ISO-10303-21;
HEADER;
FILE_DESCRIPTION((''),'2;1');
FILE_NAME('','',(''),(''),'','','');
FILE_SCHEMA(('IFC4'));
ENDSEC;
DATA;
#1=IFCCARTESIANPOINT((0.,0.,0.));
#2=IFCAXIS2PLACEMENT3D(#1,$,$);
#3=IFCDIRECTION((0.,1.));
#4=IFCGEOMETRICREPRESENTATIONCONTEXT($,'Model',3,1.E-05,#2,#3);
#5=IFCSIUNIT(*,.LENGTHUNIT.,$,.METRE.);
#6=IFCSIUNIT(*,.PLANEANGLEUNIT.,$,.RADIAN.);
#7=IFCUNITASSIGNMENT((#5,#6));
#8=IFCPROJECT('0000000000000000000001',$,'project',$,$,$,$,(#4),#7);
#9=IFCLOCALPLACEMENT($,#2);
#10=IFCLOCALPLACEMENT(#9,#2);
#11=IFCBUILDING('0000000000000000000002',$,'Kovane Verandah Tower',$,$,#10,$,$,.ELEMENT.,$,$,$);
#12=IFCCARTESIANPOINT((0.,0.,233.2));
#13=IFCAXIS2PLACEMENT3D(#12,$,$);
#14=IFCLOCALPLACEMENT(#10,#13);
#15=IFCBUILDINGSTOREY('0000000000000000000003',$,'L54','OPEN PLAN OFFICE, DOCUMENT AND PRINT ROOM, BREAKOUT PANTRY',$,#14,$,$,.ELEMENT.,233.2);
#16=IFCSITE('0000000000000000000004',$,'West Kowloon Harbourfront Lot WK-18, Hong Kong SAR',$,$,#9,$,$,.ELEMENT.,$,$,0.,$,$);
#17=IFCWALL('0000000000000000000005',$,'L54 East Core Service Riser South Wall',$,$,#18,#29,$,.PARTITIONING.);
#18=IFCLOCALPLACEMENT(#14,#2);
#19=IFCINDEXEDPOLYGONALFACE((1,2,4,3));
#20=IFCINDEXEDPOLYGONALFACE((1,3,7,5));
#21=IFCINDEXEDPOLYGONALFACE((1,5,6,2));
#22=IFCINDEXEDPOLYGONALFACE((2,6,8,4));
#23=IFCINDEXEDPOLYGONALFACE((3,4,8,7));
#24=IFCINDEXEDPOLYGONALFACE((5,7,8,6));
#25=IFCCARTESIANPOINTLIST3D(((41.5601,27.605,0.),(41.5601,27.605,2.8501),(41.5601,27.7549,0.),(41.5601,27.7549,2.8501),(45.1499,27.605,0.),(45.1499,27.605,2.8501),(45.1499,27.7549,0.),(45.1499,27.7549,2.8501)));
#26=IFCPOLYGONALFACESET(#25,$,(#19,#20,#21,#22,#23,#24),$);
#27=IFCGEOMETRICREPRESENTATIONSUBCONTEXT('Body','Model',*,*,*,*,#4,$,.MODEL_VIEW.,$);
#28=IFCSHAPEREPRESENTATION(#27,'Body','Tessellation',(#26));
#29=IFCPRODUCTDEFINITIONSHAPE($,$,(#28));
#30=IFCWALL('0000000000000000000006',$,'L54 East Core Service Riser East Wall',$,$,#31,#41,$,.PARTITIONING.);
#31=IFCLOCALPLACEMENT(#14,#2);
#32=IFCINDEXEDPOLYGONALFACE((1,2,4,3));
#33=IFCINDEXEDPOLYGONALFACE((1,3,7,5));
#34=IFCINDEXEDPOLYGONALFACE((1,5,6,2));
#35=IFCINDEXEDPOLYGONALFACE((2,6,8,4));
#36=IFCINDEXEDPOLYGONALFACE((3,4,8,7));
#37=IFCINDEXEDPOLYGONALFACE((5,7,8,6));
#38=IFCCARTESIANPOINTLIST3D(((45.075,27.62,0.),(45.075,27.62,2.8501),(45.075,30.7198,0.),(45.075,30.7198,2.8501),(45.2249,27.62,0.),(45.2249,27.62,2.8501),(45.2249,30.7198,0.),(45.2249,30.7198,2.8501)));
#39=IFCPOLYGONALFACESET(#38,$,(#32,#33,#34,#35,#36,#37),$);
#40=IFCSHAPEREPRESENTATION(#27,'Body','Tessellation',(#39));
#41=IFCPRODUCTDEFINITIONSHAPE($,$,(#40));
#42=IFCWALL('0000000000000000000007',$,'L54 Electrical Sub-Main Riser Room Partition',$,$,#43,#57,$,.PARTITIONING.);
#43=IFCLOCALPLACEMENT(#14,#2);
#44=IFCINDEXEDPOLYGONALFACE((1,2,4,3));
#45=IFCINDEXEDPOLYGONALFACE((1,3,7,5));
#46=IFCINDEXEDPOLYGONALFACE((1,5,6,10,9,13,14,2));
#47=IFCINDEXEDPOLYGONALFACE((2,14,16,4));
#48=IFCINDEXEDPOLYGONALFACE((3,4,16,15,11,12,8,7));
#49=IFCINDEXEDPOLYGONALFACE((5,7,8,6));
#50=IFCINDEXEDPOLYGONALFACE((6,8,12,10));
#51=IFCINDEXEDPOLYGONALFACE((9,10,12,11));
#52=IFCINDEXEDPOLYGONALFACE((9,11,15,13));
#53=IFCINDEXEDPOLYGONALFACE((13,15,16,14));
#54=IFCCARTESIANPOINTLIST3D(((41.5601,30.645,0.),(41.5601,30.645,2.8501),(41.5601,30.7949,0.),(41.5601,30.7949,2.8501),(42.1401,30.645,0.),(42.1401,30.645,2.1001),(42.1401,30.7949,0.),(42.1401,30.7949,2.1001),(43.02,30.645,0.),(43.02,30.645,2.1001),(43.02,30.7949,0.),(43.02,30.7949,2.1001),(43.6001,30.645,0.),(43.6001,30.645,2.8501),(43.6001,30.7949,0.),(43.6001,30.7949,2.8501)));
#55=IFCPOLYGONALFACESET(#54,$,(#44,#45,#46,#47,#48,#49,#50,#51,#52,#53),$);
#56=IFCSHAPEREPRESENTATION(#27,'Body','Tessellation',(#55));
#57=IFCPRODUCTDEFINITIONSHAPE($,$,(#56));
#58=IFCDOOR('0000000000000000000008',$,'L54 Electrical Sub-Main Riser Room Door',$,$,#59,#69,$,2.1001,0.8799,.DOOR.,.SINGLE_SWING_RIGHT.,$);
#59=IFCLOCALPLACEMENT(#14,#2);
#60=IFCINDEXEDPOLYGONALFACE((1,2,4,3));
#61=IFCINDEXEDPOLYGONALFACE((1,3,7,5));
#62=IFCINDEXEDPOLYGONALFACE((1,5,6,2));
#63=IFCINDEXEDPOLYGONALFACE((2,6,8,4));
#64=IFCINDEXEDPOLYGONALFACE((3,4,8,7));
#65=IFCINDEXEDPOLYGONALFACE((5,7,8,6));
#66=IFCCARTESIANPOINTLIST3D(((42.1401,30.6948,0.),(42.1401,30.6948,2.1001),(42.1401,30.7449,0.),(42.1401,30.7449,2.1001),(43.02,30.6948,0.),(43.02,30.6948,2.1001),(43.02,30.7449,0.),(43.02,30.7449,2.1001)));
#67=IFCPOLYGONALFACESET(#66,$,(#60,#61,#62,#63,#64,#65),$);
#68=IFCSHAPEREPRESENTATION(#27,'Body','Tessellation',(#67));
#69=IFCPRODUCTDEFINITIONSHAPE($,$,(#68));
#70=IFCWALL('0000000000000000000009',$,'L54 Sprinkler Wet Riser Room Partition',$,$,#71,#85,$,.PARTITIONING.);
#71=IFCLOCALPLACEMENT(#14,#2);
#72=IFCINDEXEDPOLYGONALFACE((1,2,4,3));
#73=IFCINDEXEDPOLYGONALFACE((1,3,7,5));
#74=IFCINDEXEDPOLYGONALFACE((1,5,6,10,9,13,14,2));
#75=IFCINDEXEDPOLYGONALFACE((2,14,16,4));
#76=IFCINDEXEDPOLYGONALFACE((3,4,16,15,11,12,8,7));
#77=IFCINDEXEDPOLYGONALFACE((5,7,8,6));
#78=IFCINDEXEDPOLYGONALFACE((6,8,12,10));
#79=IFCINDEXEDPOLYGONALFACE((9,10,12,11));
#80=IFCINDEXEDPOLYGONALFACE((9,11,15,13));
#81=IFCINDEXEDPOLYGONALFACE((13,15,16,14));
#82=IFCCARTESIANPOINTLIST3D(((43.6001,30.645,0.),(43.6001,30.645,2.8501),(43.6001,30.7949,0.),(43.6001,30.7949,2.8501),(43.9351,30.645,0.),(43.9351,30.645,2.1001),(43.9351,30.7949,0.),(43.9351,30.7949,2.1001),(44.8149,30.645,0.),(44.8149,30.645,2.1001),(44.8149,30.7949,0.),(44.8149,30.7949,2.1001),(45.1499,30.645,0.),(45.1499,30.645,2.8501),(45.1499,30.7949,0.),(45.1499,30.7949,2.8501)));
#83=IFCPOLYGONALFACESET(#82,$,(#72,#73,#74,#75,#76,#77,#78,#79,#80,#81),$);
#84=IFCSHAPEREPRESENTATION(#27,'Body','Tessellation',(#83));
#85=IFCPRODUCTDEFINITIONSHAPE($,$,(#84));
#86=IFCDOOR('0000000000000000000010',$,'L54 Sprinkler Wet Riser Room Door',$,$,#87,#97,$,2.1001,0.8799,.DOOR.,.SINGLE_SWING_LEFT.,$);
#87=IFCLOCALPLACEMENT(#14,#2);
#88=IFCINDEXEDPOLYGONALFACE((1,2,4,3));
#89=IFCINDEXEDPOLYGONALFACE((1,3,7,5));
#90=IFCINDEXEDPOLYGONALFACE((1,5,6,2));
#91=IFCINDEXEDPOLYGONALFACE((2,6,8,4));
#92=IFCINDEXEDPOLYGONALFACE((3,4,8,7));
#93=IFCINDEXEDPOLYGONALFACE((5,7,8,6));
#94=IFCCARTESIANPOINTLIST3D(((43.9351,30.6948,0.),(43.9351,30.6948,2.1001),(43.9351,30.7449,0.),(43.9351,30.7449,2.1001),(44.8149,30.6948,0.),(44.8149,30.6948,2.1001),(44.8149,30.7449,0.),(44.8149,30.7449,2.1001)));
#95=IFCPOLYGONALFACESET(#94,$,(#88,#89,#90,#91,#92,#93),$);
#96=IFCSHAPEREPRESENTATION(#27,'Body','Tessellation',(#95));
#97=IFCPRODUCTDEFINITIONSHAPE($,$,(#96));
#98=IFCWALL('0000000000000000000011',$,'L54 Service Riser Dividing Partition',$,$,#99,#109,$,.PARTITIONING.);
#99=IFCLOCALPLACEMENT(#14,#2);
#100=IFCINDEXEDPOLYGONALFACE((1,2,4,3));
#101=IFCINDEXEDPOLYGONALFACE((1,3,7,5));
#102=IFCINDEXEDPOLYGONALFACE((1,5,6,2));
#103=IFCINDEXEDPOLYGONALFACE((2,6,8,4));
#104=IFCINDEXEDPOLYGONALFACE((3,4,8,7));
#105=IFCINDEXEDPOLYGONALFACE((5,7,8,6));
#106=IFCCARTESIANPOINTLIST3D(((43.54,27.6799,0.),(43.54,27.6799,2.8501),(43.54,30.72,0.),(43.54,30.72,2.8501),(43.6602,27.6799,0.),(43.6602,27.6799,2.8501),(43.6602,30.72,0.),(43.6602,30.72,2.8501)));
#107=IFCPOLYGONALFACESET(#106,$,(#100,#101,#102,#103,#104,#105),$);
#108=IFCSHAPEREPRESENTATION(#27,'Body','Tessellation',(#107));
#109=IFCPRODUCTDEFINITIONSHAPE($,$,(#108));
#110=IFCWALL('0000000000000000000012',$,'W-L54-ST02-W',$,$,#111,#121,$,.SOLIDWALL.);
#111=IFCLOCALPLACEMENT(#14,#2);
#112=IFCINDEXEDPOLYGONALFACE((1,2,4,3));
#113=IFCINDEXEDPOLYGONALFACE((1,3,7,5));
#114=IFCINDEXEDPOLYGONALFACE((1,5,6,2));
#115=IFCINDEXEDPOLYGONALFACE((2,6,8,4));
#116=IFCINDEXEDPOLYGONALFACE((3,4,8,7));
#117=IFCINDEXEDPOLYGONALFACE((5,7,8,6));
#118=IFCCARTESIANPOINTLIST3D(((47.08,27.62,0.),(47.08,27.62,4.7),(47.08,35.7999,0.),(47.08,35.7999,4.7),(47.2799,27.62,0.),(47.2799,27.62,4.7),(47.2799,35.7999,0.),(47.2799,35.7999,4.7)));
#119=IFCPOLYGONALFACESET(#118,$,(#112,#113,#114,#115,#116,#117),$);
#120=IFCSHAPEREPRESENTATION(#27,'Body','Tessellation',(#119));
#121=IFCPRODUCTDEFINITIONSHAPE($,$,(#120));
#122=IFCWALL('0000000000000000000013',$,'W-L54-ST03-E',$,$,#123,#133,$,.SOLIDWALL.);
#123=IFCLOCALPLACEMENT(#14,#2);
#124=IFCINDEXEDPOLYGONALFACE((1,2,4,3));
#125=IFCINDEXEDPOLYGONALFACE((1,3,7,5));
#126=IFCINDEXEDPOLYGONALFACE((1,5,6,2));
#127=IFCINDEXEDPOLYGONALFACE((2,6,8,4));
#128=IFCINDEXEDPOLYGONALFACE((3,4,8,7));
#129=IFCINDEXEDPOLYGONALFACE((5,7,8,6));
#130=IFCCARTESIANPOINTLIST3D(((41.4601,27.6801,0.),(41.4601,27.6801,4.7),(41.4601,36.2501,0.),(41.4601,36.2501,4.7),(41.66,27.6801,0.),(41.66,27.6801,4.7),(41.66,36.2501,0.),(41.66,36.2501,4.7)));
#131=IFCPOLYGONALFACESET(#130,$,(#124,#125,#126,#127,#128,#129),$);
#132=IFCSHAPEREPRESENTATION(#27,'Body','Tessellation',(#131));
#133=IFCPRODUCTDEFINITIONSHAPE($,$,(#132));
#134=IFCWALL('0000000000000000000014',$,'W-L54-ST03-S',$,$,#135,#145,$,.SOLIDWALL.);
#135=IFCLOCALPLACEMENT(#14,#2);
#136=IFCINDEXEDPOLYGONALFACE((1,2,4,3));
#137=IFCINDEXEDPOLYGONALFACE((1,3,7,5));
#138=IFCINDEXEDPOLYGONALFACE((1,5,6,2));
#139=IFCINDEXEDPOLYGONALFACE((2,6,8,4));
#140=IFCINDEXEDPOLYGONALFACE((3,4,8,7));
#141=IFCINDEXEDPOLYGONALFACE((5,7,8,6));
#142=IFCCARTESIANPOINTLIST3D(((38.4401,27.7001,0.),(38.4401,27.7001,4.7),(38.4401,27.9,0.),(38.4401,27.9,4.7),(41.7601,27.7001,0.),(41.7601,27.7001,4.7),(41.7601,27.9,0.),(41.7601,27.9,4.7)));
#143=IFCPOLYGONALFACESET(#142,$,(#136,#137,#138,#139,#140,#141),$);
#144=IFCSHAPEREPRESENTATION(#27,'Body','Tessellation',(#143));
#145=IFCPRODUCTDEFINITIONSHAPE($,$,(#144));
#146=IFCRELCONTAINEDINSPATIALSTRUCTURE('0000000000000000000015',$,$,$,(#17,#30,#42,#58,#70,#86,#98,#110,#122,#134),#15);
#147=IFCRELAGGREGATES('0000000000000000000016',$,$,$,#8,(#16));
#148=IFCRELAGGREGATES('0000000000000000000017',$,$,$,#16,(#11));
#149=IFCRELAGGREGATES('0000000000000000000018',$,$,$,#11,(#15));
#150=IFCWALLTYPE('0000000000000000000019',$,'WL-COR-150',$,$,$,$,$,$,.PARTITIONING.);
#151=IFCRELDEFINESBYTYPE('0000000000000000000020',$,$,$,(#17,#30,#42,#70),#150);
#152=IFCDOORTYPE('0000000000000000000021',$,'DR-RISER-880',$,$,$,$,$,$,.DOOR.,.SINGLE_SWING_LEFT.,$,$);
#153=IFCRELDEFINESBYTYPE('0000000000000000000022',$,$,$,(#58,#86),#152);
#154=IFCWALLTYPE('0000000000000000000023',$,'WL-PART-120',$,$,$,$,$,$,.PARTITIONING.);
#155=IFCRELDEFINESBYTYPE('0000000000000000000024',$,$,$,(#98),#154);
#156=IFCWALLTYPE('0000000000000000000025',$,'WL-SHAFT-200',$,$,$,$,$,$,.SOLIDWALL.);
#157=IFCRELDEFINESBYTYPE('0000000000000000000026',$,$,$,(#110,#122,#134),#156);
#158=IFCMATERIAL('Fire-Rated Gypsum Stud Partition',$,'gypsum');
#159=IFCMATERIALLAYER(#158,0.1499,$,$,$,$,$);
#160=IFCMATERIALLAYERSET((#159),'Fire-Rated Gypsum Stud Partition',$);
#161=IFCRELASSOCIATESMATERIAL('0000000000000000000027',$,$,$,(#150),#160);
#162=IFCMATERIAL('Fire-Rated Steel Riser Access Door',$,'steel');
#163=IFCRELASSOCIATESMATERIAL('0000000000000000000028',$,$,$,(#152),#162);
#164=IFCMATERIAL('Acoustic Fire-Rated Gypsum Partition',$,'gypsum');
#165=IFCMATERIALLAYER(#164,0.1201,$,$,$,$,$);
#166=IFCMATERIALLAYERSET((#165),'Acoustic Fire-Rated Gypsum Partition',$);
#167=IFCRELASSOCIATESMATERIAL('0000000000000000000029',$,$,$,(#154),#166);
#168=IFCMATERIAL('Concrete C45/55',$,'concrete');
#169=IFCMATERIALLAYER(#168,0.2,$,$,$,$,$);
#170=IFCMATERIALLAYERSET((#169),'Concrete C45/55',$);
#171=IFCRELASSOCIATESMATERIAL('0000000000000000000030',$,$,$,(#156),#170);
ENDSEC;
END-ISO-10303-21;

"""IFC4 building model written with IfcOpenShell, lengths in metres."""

from ifc_helpers import new_model, si_unit, direction, frame, frame_2d, origin, place, context, subcontext, project, spatial, rectangle, extrude, material, layer, layer_set, type_object, element, fill, save


model = new_model("IFC4")

# Units and contexts
model_context = context("Model", 3, precision=1e-05, world=origin(), true_north=direction((0.0, 1.0)))
body_context = subcontext(model_context, "Body", "Model", "MODEL_VIEW")
ifc_project = project(units=[si_unit("LENGTHUNIT", "METRE"), si_unit("PLANEANGLEUNIT", "RADIAN")], contexts=[model_context])

# Site, building, storey
site_placement = place(None, origin())
site = spatial("IfcSite", under=ifc_project, at=site_placement, Name="West Kowloon Harbourfront Lot WK-18, Hong Kong SAR", CompositionType="ELEMENT", RefElevation=0.0)
building_placement = place(site_placement, origin())
building = spatial("IfcBuilding", under=site, at=building_placement, Name="Kovane Verandah Tower", CompositionType="ELEMENT")
storey_placement = place(building_placement, frame((0.0, 0.0, 233.2)))
storey = spatial("IfcBuildingStorey", under=building, at=storey_placement, Name="L54", Description="OPEN PLAN OFFICE, DOCUMENT AND PRINT ROOM, BREAKOUT PANTRY", CompositionType="ELEMENT", Elevation=233.2)

# Walls
ifc_material_1 = material(Name="Fire-Rated Gypsum Stud Partition", Category="gypsum")
ifc_layer_1 = layer(ifc_material_1, 0.1499)
ifc_layer_set_1 = layer_set([ifc_layer_1], Name="Fire-Rated Gypsum Stud Partition")
wall_type_1 = type_object("IfcWallType", Name="WL-COR-150", PredefinedType="PARTITIONING", material=ifc_layer_set_1)
wall_1_placement = place(storey_placement, frame((41.5601, 27.6799, 0.0), z_axis=(0.0, 0.0, 1.0), x_axis=(1.0, 0.0, 0.0)))
element("IfcWall", 1, at=wall_1_placement, inside=storey, type_object=wall_type_1, Name="L54 East Core Service Riser South Wall", PredefinedType="PARTITIONING", context=body_context, shape_type="SweptSolid", body=[
    extrude(rectangle(XDim=3.5898, YDim=0.1499, at=frame_2d((1.7949, 0.0))), origin(), (0.0, 0.0, 1.0), 2.8501),
])
wall_2_placement = place(storey_placement, frame((45.1499, 27.6201, 0.0), z_axis=(0.0, 0.0, 1.0), x_axis=(0.0, 1.0, 0.0)))
element("IfcWall", 2, at=wall_2_placement, inside=storey, type_object=wall_type_1, Name="L54 East Core Service Riser East Wall", PredefinedType="PARTITIONING", context=body_context, shape_type="SweptSolid", body=[
    extrude(rectangle(XDim=3.0999, YDim=0.1499, at=frame_2d((1.5498, 0.0))), origin(), (0.0, 0.0, 1.0), 2.8501),
])

# Walls, openings, doors
wall_3_placement = place(storey_placement, frame((41.5601, 30.72, 0.0), z_axis=(0.0, 0.0, 1.0), x_axis=(1.0, 0.0, 0.0)))
wall_3 = element("IfcWall", 3, at=wall_3_placement, inside=storey, type_object=wall_type_1, Name="L54 Electrical Sub-Main Riser Room Partition", PredefinedType="PARTITIONING", context=body_context, shape_type="SweptSolid", body=[
    extrude(rectangle(XDim=2.04, YDim=0.1499, at=frame_2d((1.02, 0.0))), origin(), (0.0, 0.0, 1.0), 2.8501),
])
opening_1_placement = place(wall_3_placement, frame((0.5801, 0.0, 0.0)))
opening_1 = element("IfcOpeningElement", 4, at=opening_1_placement, cuts=wall_3, PredefinedType="OPENING", context=body_context, shape_type="SweptSolid", body=[
    extrude(rectangle(XDim=0.8799, YDim=2.1001, at=frame_2d((0.4399, 1.05))), frame((0.0, 0.075, 0.0), z_axis=(0.0, -1.0, 0.0), x_axis=(1.0, 0.0, 0.0)), (0.0, 0.0, 1.0), 0.1499),
])
ifc_material_2 = material(Name="Fire-Rated Steel Riser Access Door", Category="steel")
door_type_1 = type_object("IfcDoorType", Name="DR-RISER-880", OperationType="SINGLE_SWING_LEFT", PredefinedType="DOOR", material=ifc_material_2)
door_1_placement = place(opening_1_placement, origin())
door_1 = element("IfcDoor", 5, at=door_1_placement, inside=storey, type_object=door_type_1, Name="L54 Electrical Sub-Main Riser Room Door", OperationType="SINGLE_SWING_RIGHT", OverallHeight=2.1001, OverallWidth=0.8799, PredefinedType="DOOR", context=body_context, shape_type="SweptSolid", body=[
    extrude(rectangle(XDim=0.8799, YDim=2.1001, at=frame_2d((0.4399, 1.05))), frame((0.0, 0.0249, 0.0), z_axis=(0.0, -1.0, 0.0), x_axis=(1.0, 0.0, 0.0)), (0.0, 0.0, 1.0), 0.05),
])
fill(opening_1, door_1)
wall_4_placement = place(storey_placement, frame((43.6001, 30.72, 0.0), z_axis=(0.0, 0.0, 1.0), x_axis=(1.0, 0.0, 0.0)))
wall_4 = element("IfcWall", 6, at=wall_4_placement, inside=storey, type_object=wall_type_1, Name="L54 Sprinkler Wet Riser Room Partition", PredefinedType="PARTITIONING", context=body_context, shape_type="SweptSolid", body=[
    extrude(rectangle(XDim=1.5498, YDim=0.1499, at=frame_2d((0.7749, 0.0))), origin(), (0.0, 0.0, 1.0), 2.8501),
])
opening_2_placement = place(wall_4_placement, frame((0.335, 0.0, 0.0)))
opening_2 = element("IfcOpeningElement", 7, at=opening_2_placement, cuts=wall_4, PredefinedType="OPENING", context=body_context, shape_type="SweptSolid", body=[
    extrude(rectangle(XDim=0.8799, YDim=2.1001, at=frame_2d((0.4399, 1.05))), frame((0.0, 0.075, 0.0), z_axis=(0.0, -1.0, 0.0), x_axis=(1.0, 0.0, 0.0)), (0.0, 0.0, 1.0), 0.1499),
])
door_2_placement = place(opening_2_placement, origin())
door_2 = element("IfcDoor", 8, at=door_2_placement, inside=storey, type_object=door_type_1, Name="L54 Sprinkler Wet Riser Room Door", OperationType="SINGLE_SWING_LEFT", OverallHeight=2.1001, OverallWidth=0.8799, PredefinedType="DOOR", context=body_context, shape_type="SweptSolid", body=[
    extrude(rectangle(XDim=0.8799, YDim=2.1001, at=frame_2d((0.4399, 1.05))), frame((0.0, 0.0249, 0.0), z_axis=(0.0, -1.0, 0.0), x_axis=(1.0, 0.0, 0.0)), (0.0, 0.0, 1.0), 0.05),
])
fill(opening_2, door_2)

# Walls
ifc_material_3 = material(Name="Acoustic Fire-Rated Gypsum Partition", Category="gypsum")
ifc_layer_2 = layer(ifc_material_3, 0.1201)
ifc_layer_set_2 = layer_set([ifc_layer_2], Name="Acoustic Fire-Rated Gypsum Partition")
wall_type_2 = type_object("IfcWallType", Name="WL-PART-120", PredefinedType="PARTITIONING", material=ifc_layer_set_2)
wall_5_placement = place(storey_placement, frame((43.6001, 27.6799, 0.0), z_axis=(0.0, 0.0, 1.0), x_axis=(0.0, 1.0, 0.0)))
element("IfcWall", 9, at=wall_5_placement, inside=storey, type_object=wall_type_2, Name="L54 Service Riser Dividing Partition", PredefinedType="PARTITIONING", context=body_context, shape_type="SweptSolid", body=[
    extrude(rectangle(XDim=3.04, YDim=0.1201, at=frame_2d((1.52, 0.0))), origin(), (0.0, 0.0, 1.0), 2.8501),
])
ifc_material_4 = material(Name="Concrete C45/55", Category="concrete")
ifc_layer_3 = layer(ifc_material_4, 0.2)
ifc_layer_set_3 = layer_set([ifc_layer_3], Name="Concrete C45/55")
wall_type_3 = type_object("IfcWallType", Name="WL-SHAFT-200", PredefinedType="SOLIDWALL", material=ifc_layer_set_3)
wall_6_placement = place(storey_placement, frame((47.1799, 27.6201, 0.0), z_axis=(0.0, 0.0, 1.0), x_axis=(0.0, 1.0, 0.0)))
element("IfcWall", 10, at=wall_6_placement, inside=storey, type_object=wall_type_3, Name="W-L54-ST02-W", PredefinedType="SOLIDWALL", context=body_context, shape_type="SweptSolid", body=[
    extrude(rectangle(XDim=8.1799, YDim=0.2, at=frame_2d((4.0898, 0.0))), origin(), (0.0, 0.0, 1.0), 4.7),
])

# Walls
wall_7_placement = place(storey_placement, frame((41.5601, 27.6799, 0.0), z_axis=(0.0, 0.0, 1.0), x_axis=(0.0, 1.0, 0.0)))
element("IfcWall", 11, at=wall_7_placement, inside=storey, type_object=wall_type_3, Name="W-L54-ST03-E", PredefinedType="SOLIDWALL", context=body_context, shape_type="SweptSolid", body=[
    extrude(rectangle(XDim=8.5701, YDim=0.2, at=frame_2d((4.2852, 0.0))), origin(), (0.0, 0.0, 1.0), 4.7),
])
wall_8_placement = place(storey_placement, frame((38.4399, 27.8, 0.0), z_axis=(0.0, 0.0, 1.0), x_axis=(1.0, 0.0, 0.0)))
element("IfcWall", 12, at=wall_8_placement, inside=storey, type_object=wall_type_3, Name="W-L54-ST03-S", PredefinedType="SOLIDWALL", context=body_context, shape_type="SweptSolid", body=[
    extrude(rectangle(XDim=3.3201, YDim=0.2, at=frame_2d((1.6602, 0.0))), origin(), (0.0, 0.0, 1.0), 4.7),
])

save(model, "model.ifc")
